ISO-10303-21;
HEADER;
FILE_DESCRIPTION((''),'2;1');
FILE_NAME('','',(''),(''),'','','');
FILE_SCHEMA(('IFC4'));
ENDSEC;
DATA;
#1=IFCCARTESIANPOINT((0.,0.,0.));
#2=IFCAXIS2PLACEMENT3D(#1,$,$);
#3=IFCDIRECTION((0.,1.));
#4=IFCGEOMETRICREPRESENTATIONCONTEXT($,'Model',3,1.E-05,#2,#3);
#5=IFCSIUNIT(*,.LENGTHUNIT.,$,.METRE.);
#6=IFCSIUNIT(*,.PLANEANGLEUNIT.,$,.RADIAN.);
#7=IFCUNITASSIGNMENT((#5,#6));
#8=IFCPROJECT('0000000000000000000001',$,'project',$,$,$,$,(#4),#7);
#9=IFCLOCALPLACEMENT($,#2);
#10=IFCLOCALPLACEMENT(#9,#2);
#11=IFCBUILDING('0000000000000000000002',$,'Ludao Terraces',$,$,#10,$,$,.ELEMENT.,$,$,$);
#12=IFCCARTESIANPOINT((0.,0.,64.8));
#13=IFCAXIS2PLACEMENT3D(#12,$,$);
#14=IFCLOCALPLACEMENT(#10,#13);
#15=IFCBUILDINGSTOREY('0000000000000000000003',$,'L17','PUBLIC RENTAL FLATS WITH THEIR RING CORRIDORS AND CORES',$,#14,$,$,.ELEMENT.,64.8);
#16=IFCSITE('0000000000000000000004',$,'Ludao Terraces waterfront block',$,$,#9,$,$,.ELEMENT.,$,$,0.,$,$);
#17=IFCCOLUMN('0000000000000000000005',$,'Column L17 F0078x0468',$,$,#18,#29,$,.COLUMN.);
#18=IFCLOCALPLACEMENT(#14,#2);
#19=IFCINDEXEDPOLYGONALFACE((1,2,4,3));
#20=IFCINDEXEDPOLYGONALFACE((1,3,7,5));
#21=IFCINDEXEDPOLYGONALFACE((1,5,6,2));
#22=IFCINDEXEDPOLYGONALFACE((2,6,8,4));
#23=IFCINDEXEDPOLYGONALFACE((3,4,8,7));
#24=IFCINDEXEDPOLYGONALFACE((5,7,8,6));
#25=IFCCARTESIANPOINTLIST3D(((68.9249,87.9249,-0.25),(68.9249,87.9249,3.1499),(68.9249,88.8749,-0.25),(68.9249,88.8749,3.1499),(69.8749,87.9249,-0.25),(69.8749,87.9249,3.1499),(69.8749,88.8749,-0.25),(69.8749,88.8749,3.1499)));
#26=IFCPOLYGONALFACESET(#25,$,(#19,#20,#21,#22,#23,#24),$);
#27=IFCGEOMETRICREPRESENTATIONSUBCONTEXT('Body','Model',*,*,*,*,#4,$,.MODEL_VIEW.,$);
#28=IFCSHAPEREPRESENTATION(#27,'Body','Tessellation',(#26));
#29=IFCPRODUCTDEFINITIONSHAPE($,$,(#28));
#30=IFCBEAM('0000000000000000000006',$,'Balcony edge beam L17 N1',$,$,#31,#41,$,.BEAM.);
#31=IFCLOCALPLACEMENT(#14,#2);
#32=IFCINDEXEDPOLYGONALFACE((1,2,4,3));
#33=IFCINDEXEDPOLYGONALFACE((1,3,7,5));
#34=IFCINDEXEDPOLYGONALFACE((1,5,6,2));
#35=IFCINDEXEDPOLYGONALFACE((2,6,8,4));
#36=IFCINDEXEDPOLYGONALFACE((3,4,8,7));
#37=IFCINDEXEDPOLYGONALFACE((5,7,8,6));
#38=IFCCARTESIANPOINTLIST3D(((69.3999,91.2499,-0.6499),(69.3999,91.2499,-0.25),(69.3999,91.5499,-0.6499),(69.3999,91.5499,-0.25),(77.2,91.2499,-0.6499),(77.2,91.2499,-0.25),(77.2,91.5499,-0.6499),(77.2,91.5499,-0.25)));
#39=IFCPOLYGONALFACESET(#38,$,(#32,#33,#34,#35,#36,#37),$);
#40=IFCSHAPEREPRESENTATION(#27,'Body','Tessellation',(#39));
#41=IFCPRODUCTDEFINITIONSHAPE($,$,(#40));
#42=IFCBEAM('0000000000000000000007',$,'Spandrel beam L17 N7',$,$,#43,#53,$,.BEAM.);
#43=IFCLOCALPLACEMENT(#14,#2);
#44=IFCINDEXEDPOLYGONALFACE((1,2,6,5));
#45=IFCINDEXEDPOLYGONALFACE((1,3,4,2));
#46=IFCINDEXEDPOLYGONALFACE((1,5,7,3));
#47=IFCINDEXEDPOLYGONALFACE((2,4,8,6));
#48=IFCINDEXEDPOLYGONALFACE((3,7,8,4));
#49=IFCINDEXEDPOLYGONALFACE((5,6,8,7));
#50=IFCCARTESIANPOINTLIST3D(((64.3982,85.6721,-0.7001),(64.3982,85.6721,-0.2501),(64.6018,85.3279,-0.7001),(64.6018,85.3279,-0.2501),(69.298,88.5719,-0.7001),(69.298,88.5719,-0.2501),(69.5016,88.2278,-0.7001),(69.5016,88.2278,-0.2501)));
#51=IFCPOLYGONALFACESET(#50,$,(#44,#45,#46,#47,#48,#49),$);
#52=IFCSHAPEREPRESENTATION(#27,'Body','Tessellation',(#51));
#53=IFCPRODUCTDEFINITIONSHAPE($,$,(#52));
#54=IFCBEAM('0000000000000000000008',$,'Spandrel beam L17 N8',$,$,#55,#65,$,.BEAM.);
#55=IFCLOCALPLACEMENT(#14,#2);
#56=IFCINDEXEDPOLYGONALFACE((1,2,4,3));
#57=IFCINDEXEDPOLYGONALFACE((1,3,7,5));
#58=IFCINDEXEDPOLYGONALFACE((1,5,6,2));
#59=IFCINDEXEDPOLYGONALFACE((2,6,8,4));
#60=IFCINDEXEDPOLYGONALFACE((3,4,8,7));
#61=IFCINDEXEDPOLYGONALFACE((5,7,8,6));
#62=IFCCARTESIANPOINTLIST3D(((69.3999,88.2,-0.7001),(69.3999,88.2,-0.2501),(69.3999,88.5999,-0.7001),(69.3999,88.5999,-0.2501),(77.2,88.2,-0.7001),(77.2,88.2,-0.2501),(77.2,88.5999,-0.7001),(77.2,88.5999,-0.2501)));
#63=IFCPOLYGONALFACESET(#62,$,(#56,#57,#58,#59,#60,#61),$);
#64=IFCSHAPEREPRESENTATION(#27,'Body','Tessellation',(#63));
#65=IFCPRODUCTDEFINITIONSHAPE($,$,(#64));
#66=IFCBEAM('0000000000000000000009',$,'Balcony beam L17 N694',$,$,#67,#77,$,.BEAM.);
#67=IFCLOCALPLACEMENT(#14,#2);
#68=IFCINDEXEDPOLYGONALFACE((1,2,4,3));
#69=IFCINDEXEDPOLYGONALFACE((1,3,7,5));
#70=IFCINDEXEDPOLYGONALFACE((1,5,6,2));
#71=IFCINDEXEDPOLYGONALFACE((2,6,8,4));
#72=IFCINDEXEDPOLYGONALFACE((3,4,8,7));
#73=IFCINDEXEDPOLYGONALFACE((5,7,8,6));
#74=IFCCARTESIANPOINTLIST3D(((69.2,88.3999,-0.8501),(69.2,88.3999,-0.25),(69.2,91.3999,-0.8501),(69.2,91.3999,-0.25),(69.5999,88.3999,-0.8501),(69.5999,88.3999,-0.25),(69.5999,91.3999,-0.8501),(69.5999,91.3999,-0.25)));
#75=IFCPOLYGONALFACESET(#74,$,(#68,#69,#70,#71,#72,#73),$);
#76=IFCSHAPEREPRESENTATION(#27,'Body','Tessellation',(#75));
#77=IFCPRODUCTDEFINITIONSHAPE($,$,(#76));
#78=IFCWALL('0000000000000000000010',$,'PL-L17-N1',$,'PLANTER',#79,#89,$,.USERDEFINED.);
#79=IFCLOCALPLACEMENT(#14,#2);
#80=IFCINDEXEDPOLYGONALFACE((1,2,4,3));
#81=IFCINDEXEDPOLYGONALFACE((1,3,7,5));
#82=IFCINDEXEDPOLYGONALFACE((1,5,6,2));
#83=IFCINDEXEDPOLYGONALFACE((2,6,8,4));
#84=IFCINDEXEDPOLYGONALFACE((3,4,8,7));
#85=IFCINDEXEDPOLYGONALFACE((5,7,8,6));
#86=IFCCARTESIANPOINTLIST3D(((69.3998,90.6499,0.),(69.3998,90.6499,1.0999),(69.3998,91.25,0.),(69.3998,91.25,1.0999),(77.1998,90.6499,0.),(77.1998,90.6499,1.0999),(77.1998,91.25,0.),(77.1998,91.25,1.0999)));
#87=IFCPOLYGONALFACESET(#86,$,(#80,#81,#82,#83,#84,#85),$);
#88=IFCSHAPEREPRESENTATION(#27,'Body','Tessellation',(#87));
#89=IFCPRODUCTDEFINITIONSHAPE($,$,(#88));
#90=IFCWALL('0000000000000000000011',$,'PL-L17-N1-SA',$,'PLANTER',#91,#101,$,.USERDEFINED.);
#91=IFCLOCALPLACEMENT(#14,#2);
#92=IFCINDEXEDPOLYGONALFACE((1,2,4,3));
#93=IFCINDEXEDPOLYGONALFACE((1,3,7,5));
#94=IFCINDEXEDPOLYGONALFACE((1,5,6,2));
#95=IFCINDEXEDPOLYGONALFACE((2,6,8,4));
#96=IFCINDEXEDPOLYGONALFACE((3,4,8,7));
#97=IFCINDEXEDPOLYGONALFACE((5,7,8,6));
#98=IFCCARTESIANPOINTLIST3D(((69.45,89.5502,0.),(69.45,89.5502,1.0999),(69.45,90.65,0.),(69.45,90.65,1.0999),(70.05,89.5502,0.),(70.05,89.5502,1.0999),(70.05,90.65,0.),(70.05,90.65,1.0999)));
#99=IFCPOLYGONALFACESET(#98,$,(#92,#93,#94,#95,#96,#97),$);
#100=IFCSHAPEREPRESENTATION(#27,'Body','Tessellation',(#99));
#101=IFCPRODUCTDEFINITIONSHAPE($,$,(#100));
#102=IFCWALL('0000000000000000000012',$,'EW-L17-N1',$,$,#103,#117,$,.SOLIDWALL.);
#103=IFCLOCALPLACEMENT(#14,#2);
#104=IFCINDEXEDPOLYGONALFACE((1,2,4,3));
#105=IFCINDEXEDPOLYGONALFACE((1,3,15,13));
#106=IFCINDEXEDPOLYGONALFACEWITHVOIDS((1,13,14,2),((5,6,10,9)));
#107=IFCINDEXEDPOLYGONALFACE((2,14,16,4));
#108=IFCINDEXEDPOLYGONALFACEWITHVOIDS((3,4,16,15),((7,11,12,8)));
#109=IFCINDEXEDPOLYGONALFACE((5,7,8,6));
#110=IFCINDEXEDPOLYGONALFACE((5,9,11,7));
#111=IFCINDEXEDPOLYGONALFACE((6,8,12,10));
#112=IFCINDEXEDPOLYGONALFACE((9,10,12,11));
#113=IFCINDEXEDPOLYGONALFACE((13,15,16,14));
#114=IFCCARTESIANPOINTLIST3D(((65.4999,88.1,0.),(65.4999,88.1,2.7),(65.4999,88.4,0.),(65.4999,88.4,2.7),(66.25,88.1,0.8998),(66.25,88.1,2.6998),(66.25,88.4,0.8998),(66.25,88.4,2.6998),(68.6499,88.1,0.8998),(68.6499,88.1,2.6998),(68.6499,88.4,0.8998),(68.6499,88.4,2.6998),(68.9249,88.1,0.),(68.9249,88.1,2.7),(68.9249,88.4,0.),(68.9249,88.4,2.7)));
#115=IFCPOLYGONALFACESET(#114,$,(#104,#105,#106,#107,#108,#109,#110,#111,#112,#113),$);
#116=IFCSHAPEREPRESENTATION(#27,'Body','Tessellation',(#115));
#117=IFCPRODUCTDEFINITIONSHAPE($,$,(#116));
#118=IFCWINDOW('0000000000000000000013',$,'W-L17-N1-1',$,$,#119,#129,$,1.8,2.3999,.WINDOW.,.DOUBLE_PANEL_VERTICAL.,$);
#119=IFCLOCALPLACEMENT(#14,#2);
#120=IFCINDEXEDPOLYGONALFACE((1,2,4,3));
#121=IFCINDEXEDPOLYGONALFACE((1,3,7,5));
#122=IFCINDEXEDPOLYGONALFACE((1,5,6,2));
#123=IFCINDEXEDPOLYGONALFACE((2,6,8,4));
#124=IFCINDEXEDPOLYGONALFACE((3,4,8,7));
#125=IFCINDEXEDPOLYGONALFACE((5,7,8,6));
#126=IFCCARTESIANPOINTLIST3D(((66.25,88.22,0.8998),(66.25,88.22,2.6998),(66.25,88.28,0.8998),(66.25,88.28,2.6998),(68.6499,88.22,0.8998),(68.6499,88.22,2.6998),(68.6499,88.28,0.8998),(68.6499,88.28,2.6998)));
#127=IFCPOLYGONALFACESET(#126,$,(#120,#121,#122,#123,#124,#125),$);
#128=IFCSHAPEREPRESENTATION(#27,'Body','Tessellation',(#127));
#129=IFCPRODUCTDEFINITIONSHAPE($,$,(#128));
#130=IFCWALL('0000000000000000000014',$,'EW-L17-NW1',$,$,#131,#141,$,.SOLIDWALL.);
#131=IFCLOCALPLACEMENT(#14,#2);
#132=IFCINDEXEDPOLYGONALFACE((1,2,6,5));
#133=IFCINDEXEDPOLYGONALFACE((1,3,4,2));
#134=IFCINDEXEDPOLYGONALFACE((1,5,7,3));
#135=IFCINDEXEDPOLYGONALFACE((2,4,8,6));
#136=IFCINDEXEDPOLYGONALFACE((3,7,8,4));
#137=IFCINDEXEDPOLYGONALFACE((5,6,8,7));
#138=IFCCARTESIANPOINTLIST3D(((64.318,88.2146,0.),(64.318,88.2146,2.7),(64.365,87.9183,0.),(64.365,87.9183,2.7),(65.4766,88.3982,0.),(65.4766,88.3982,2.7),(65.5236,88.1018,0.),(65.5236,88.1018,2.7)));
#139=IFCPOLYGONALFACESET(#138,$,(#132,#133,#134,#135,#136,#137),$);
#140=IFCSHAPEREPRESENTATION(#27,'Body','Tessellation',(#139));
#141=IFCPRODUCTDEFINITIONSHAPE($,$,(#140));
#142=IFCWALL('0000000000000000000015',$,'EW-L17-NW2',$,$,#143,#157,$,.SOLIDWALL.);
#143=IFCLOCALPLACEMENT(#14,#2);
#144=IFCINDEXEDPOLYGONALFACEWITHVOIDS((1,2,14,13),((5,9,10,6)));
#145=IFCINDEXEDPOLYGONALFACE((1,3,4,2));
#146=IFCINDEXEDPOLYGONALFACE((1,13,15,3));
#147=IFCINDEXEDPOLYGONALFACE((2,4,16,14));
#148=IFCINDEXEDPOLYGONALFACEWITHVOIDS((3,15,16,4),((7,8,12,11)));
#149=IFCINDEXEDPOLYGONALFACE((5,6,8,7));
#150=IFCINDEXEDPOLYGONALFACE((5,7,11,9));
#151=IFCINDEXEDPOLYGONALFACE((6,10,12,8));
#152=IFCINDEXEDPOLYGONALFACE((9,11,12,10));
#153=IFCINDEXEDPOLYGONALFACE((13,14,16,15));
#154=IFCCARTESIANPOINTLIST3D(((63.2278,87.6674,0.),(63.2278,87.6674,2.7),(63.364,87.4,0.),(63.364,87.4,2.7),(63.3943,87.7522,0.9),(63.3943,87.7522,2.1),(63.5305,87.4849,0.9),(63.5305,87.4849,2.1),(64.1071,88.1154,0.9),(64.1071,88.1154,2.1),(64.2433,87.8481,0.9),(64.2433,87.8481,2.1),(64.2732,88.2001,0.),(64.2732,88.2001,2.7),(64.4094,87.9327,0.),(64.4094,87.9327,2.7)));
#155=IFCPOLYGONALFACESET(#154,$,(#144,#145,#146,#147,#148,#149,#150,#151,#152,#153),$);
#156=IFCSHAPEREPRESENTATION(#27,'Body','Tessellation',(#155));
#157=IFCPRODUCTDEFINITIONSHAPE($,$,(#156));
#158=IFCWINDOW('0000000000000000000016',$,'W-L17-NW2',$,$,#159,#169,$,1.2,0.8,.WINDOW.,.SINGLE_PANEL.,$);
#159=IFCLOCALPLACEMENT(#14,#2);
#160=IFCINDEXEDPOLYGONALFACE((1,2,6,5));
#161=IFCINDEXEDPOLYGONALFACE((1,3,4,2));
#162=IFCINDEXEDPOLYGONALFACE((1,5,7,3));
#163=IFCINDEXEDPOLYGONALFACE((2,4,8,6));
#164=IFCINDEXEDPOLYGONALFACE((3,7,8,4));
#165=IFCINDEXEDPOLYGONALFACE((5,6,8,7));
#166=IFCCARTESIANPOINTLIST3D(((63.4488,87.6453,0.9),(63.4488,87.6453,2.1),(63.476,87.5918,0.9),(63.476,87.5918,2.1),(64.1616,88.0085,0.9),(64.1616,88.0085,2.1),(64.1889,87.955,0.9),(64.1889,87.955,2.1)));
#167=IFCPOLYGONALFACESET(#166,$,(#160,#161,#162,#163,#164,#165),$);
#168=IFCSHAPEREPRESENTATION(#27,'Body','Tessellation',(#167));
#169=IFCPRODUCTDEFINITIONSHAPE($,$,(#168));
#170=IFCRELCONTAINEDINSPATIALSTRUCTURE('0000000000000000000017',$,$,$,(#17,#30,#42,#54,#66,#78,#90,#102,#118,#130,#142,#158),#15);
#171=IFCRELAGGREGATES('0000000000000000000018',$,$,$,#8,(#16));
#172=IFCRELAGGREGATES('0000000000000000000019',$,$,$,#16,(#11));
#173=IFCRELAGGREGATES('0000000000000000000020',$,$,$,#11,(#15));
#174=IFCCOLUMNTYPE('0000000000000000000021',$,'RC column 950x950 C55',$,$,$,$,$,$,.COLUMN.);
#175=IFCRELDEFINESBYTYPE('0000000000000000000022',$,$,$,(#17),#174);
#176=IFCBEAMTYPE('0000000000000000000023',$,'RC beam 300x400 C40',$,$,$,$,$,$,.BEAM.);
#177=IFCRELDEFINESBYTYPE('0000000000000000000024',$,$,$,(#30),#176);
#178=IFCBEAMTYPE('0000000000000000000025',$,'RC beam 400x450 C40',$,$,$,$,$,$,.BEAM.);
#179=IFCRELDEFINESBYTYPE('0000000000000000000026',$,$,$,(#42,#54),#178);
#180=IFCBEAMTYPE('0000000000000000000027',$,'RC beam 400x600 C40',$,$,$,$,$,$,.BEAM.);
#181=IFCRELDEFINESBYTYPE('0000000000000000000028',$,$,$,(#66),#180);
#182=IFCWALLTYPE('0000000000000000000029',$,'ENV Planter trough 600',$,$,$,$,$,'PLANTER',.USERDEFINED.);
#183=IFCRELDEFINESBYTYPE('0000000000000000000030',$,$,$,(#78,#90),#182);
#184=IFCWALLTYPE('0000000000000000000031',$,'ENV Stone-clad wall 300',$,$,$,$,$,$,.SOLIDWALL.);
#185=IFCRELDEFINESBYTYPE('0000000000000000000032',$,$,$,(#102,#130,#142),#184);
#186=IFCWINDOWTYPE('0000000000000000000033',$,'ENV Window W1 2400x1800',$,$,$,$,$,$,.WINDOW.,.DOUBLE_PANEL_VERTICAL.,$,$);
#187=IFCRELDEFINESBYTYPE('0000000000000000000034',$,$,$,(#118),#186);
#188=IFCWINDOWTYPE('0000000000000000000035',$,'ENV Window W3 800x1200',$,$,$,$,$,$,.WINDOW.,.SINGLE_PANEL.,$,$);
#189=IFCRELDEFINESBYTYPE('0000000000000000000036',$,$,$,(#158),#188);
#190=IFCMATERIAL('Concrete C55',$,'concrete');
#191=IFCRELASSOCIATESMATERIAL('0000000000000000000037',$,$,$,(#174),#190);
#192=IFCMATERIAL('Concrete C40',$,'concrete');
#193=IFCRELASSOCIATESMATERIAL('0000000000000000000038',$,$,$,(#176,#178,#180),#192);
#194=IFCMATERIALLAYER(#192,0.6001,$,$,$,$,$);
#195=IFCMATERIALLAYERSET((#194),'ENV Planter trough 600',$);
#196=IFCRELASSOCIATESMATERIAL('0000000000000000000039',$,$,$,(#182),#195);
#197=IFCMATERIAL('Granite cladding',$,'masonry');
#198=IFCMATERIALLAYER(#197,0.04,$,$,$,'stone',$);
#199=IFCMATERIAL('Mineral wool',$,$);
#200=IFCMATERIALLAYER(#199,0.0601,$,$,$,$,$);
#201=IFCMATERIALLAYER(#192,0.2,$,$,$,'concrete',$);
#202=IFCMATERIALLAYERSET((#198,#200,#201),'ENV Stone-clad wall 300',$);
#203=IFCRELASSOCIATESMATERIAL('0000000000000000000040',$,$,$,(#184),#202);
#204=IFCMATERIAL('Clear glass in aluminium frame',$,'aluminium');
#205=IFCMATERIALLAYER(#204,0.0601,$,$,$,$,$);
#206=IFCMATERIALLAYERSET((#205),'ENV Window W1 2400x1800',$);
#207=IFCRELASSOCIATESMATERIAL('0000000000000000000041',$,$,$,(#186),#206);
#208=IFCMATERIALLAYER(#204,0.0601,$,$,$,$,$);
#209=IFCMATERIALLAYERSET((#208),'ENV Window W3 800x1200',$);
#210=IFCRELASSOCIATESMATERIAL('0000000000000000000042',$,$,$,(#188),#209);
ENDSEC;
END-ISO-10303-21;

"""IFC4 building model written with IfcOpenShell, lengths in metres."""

from ifc_helpers import new_model, si_unit, direction, frame, frame_2d, origin, origin_2d, place, context, subcontext, project, spatial, rectangle, extrude, material, layer, layer_set, material_profile, profile_set, type_object, element, fill, save


model = new_model("IFC4")

# Units and contexts
model_context = context("Model", 3, precision=1e-05, world=origin(), true_north=direction((0.0, 1.0)))
body_context = subcontext(model_context, "Body", "Model", "MODEL_VIEW")
ifc_project = project(units=[si_unit("LENGTHUNIT", "METRE"), si_unit("PLANEANGLEUNIT", "RADIAN")], contexts=[model_context])

# Site, building, storey
site_placement = place(None, origin())
site = spatial("IfcSite", under=ifc_project, at=site_placement, Name="Ludao Terraces waterfront block", CompositionType="ELEMENT", RefElevation=0.0)
building_placement = place(site_placement, origin())
building = spatial("IfcBuilding", under=site, at=building_placement, Name="Ludao Terraces", CompositionType="ELEMENT")
storey_placement = place(building_placement, frame((0.0, 0.0, 64.8)))
storey = spatial("IfcBuildingStorey", under=building, at=storey_placement, Name="L17", Description="PUBLIC RENTAL FLATS WITH THEIR RING CORRIDORS AND CORES", CompositionType="ELEMENT", Elevation=64.8)

# Column
ifc_material_1 = material(Name="Concrete C55", Category="concrete")
ifc_material_profile_1 = material_profile(ifc_material_1, rectangle(XDim=0.95, YDim=0.95, at=origin_2d()), Name="950 X 950")
ifc_profile_set_1 = profile_set([ifc_material_profile_1], Name="Concrete C55")
column_type = type_object("IfcColumnType", Name="RC column 950x950 C55", PredefinedType="COLUMN", material=ifc_profile_set_1)
column_placement = place(storey_placement, frame((69.3999, 88.3999, -0.25), z_axis=(0.0, 0.0, 1.0), x_axis=(1.0, 0.0, 0.0)))
element("IfcColumn", 1, at=column_placement, inside=storey, type_object=column_type, Name="Column L17 F0078x0468", PredefinedType="COLUMN", context=body_context, shape_type="SweptSolid", body=[
    extrude(rectangle(XDim=0.95, YDim=0.95, at=origin_2d()), origin(), (0.0, 0.0, 1.0), 3.3999),
])

# Beams
ifc_material_2 = material(Name="Concrete C40", Category="concrete")
ifc_material_profile_2 = material_profile(ifc_material_2, rectangle(XDim=0.3, YDim=0.3999, at=origin_2d()), Name="300 X 400")
ifc_profile_set_2 = profile_set([ifc_material_profile_2], Name="Concrete C40")
beam_type_1 = type_object("IfcBeamType", Name="RC beam 300x400 C40", PredefinedType="BEAM", material=ifc_profile_set_2)
beam_1_placement = place(storey_placement, frame((69.3999, 91.3999, -0.45), z_axis=(1.0, 0.0, 0.0), x_axis=(0.0, 1.0, 0.0)))
element("IfcBeam", 2, at=beam_1_placement, inside=storey, type_object=beam_type_1, Name="Balcony edge beam L17 N1", PredefinedType="BEAM", context=body_context, shape_type="SweptSolid", body=[
    extrude(rectangle(XDim=0.3, YDim=0.3999, at=origin_2d()), origin(), (0.0, 0.0, 1.0), 7.8),
])
ifc_material_profile_3 = material_profile(ifc_material_2, rectangle(XDim=0.3999, YDim=0.45, at=origin_2d()), Name="400 X 450")
ifc_profile_set_3 = profile_set([ifc_material_profile_3], Name="Concrete C40")
beam_type_2 = type_object("IfcBeamType", Name="RC beam 400x450 C40", PredefinedType="BEAM", material=ifc_profile_set_3)
beam_2_placement = place(storey_placement, frame((64.5, 85.5, -0.4751), z_axis=(0.86058, 0.509316, 0.0), x_axis=(-0.509316, 0.86058, 0.0)))
element("IfcBeam", 3, at=beam_2_placement, inside=storey, type_object=beam_type_2, Name="Spandrel beam L17 N7", PredefinedType="BEAM", context=body_context, shape_type="SweptSolid", body=[
    extrude(rectangle(XDim=0.3999, YDim=0.45, at=origin_2d()), origin(), (0.0, 0.0, 1.0), 5.6936),
])
beam_3_placement = place(storey_placement, frame((69.3999, 88.3999, -0.4751), z_axis=(1.0, 0.0, 0.0), x_axis=(0.0, 1.0, 0.0)))
element("IfcBeam", 4, at=beam_3_placement, inside=storey, type_object=beam_type_2, Name="Spandrel beam L17 N8", PredefinedType="BEAM", context=body_context, shape_type="SweptSolid", body=[
    extrude(rectangle(XDim=0.3999, YDim=0.45, at=origin_2d()), origin(), (0.0, 0.0, 1.0), 7.8),
])
ifc_material_profile_4 = material_profile(ifc_material_2, rectangle(XDim=0.3999, YDim=0.6001, at=origin_2d()), Name="400 X 600")
ifc_profile_set_4 = profile_set([ifc_material_profile_4], Name="Concrete C40")
beam_type_3 = type_object("IfcBeamType", Name="RC beam 400x600 C40", PredefinedType="BEAM", material=ifc_profile_set_4)
beam_4_placement = place(storey_placement, frame((69.3999, 88.3999, -0.55), z_axis=(0.0, 1.0, 0.0), x_axis=(-1.0, 0.0, 0.0)))
element("IfcBeam", 5, at=beam_4_placement, inside=storey, type_object=beam_type_3, Name="Balcony beam L17 N694", PredefinedType="BEAM", context=body_context, shape_type="SweptSolid", body=[
    extrude(rectangle(XDim=0.3999, YDim=0.6001, at=origin_2d()), origin(), (0.0, 0.0, 1.0), 3.0),
])

# Walls
ifc_layer_1 = layer(ifc_material_2, 0.6001)
ifc_layer_set_1 = layer_set([ifc_layer_1], Name="ENV Planter trough 600")
wall_type_1 = type_object("IfcWallType", Name="ENV Planter trough 600", ElementType="PLANTER", PredefinedType="USERDEFINED", material=ifc_layer_set_1)
wall_1_placement = place(storey_placement, frame((69.3999, 90.95, 0.0), z_axis=(0.0, 0.0, 1.0), x_axis=(1.0, 0.0, 0.0)))
element("IfcWall", 6, at=wall_1_placement, inside=storey, type_object=wall_type_1, Name="PL-L17-N1", ObjectType="PLANTER", PredefinedType="USERDEFINED", context=body_context, shape_type="SweptSolid", body=[
    extrude(rectangle(XDim=7.8, YDim=0.6001, at=frame_2d((3.8999, 0.0))), origin(), (0.0, 0.0, 1.0), 1.0999),
])
wall_2_placement = place(storey_placement, frame((69.75, 90.6499, 0.0), z_axis=(0.0, 0.0, 1.0), x_axis=(0.0, -1.0, 0.0)))
element("IfcWall", 7, at=wall_2_placement, inside=storey, type_object=wall_type_1, Name="PL-L17-N1-SA", ObjectType="PLANTER", PredefinedType="USERDEFINED", context=body_context, shape_type="SweptSolid", body=[
    extrude(rectangle(XDim=1.0999, YDim=0.6001, at=frame_2d((0.5498, 0.0))), origin(), (0.0, 0.0, 1.0), 1.0999),
])

# Wall, opening, window
ifc_material_3 = material(Name="Granite cladding", Category="masonry")
ifc_layer_2 = layer(ifc_material_3, 0.04, Category="stone")
ifc_material_4 = material(Name="Mineral wool")
ifc_layer_3 = layer(ifc_material_4, 0.0601)
ifc_layer_4 = layer(ifc_material_2, 0.2, Category="concrete")
ifc_layer_set_2 = layer_set([ifc_layer_2, ifc_layer_3, ifc_layer_4], Name="ENV Stone-clad wall 300")
wall_type_2 = type_object("IfcWallType", Name="ENV Stone-clad wall 300", PredefinedType="SOLIDWALL", material=ifc_layer_set_2)
wall_3_placement = place(storey_placement, frame((65.5, 88.25, 0.0), z_axis=(0.0, 0.0, 1.0), x_axis=(1.0, 0.0, 0.0)))
wall_3 = element("IfcWall", 8, at=wall_3_placement, inside=storey, type_object=wall_type_2, Name="EW-L17-N1", PredefinedType="SOLIDWALL", context=body_context, shape_type="SweptSolid", body=[
    extrude(rectangle(XDim=3.425, YDim=0.3, at=frame_2d((1.7124, 0.0))), origin(), (0.0, 0.0, 1.0), 2.7),
])
opening_1_placement = place(wall_3_placement, frame((0.75, 0.0, 0.8999)))
opening_1 = element("IfcOpeningElement", 9, at=opening_1_placement, cuts=wall_3, PredefinedType="OPENING", context=body_context, shape_type="SweptSolid", body=[
    extrude(rectangle(XDim=2.3999, YDim=1.8, at=frame_2d((1.2, 0.8999))), frame((0.0, 0.1602, 0.0), z_axis=(0.0, -1.0, 0.0), x_axis=(1.0, 0.0, 0.0)), (0.0, 0.0, 1.0), 0.3201),
])
ifc_material_5 = material(Name="Clear glass in aluminium frame", Category="aluminium")
ifc_layer_5 = layer(ifc_material_5, 0.0601)
ifc_layer_set_3 = layer_set([ifc_layer_5], Name="ENV Window W1 2400x1800")
window_type_1 = type_object("IfcWindowType", Name="ENV Window W1 2400x1800", PartitioningType="DOUBLE_PANEL_VERTICAL", PredefinedType="WINDOW", material=ifc_layer_set_3)
window_1_placement = place(opening_1_placement, origin())
window_1 = element("IfcWindow", 10, at=window_1_placement, inside=storey, type_object=window_type_1, Name="W-L17-N1-1", OverallHeight=1.8, OverallWidth=2.3999, PartitioningType="DOUBLE_PANEL_VERTICAL", PredefinedType="WINDOW", context=body_context, shape_type="SweptSolid", body=[
    extrude(rectangle(XDim=2.3999, YDim=1.8, at=frame_2d((1.2, 0.8999))), frame((0.0, 0.03, 0.0), z_axis=(0.0, -1.0, 0.0), x_axis=(1.0, 0.0, 0.0)), (0.0, 0.0, 1.0), 0.0601),
])
fill(opening_1, window_1)

# Wall
wall_4_placement = place(storey_placement, frame((65.5, 88.25, 0.0), z_axis=(0.0, 0.0, 1.0), x_axis=(-0.987678, -0.156497, 0.0)))
element("IfcWall", 11, at=wall_4_placement, inside=storey, type_object=wall_type_2, Name="EW-L17-NW1", PredefinedType="SOLIDWALL", context=body_context, shape_type="SweptSolid", body=[
    extrude(rectangle(XDim=1.1731, YDim=0.3, at=frame_2d((0.5864, 0.0))), origin(), (0.0, 0.0, 1.0), 2.7),
])

# Wall, opening, window
wall_5_placement = place(storey_placement, frame((64.3413, 88.0664, 0.0), z_axis=(0.0, 0.0, 1.0), x_axis=(-0.890989, -0.454026, 0.0)))
wall_5 = element("IfcWall", 12, at=wall_5_placement, inside=storey, type_object=wall_type_2, Name="EW-L17-NW2", PredefinedType="SOLIDWALL", context=body_context, shape_type="SweptSolid", body=[
    extrude(rectangle(XDim=1.1733, YDim=0.3, at=frame_2d((0.5867, 0.0))), origin(), (0.0, 0.0, 1.0), 2.7),
])
opening_2_placement = place(wall_5_placement, frame((0.1865, 0.0, 0.8999)))
opening_2 = element("IfcOpeningElement", 13, at=opening_2_placement, cuts=wall_5, PredefinedType="OPENING", context=body_context, shape_type="SweptSolid", body=[
    extrude(rectangle(XDim=0.8, YDim=1.2, at=frame_2d((0.3999, 0.6001))), frame((0.0, 0.1602, 0.0), z_axis=(0.0, -1.0, 0.0), x_axis=(1.0, 0.0, 0.0)), (0.0, 0.0, 1.0), 0.3201),
])
ifc_layer_6 = layer(ifc_material_5, 0.0601)
ifc_layer_set_4 = layer_set([ifc_layer_6], Name="ENV Window W3 800x1200")
window_type_2 = type_object("IfcWindowType", Name="ENV Window W3 800x1200", PartitioningType="SINGLE_PANEL", PredefinedType="WINDOW", material=ifc_layer_set_4)
window_2_placement = place(opening_2_placement, origin())
window_2 = element("IfcWindow", 14, at=window_2_placement, inside=storey, type_object=window_type_2, Name="W-L17-NW2", OverallHeight=1.2, OverallWidth=0.8, PartitioningType="SINGLE_PANEL", PredefinedType="WINDOW", context=body_context, shape_type="SweptSolid", body=[
    extrude(rectangle(XDim=0.8, YDim=1.2, at=frame_2d((0.3999, 0.6001))), frame((0.0, 0.03, 0.0), z_axis=(0.0, -1.0, 0.0), x_axis=(1.0, 0.0, 0.0)), (0.0, 0.0, 1.0), 0.0601),
])
fill(opening_2, window_2)

save(model, "model.ifc")
